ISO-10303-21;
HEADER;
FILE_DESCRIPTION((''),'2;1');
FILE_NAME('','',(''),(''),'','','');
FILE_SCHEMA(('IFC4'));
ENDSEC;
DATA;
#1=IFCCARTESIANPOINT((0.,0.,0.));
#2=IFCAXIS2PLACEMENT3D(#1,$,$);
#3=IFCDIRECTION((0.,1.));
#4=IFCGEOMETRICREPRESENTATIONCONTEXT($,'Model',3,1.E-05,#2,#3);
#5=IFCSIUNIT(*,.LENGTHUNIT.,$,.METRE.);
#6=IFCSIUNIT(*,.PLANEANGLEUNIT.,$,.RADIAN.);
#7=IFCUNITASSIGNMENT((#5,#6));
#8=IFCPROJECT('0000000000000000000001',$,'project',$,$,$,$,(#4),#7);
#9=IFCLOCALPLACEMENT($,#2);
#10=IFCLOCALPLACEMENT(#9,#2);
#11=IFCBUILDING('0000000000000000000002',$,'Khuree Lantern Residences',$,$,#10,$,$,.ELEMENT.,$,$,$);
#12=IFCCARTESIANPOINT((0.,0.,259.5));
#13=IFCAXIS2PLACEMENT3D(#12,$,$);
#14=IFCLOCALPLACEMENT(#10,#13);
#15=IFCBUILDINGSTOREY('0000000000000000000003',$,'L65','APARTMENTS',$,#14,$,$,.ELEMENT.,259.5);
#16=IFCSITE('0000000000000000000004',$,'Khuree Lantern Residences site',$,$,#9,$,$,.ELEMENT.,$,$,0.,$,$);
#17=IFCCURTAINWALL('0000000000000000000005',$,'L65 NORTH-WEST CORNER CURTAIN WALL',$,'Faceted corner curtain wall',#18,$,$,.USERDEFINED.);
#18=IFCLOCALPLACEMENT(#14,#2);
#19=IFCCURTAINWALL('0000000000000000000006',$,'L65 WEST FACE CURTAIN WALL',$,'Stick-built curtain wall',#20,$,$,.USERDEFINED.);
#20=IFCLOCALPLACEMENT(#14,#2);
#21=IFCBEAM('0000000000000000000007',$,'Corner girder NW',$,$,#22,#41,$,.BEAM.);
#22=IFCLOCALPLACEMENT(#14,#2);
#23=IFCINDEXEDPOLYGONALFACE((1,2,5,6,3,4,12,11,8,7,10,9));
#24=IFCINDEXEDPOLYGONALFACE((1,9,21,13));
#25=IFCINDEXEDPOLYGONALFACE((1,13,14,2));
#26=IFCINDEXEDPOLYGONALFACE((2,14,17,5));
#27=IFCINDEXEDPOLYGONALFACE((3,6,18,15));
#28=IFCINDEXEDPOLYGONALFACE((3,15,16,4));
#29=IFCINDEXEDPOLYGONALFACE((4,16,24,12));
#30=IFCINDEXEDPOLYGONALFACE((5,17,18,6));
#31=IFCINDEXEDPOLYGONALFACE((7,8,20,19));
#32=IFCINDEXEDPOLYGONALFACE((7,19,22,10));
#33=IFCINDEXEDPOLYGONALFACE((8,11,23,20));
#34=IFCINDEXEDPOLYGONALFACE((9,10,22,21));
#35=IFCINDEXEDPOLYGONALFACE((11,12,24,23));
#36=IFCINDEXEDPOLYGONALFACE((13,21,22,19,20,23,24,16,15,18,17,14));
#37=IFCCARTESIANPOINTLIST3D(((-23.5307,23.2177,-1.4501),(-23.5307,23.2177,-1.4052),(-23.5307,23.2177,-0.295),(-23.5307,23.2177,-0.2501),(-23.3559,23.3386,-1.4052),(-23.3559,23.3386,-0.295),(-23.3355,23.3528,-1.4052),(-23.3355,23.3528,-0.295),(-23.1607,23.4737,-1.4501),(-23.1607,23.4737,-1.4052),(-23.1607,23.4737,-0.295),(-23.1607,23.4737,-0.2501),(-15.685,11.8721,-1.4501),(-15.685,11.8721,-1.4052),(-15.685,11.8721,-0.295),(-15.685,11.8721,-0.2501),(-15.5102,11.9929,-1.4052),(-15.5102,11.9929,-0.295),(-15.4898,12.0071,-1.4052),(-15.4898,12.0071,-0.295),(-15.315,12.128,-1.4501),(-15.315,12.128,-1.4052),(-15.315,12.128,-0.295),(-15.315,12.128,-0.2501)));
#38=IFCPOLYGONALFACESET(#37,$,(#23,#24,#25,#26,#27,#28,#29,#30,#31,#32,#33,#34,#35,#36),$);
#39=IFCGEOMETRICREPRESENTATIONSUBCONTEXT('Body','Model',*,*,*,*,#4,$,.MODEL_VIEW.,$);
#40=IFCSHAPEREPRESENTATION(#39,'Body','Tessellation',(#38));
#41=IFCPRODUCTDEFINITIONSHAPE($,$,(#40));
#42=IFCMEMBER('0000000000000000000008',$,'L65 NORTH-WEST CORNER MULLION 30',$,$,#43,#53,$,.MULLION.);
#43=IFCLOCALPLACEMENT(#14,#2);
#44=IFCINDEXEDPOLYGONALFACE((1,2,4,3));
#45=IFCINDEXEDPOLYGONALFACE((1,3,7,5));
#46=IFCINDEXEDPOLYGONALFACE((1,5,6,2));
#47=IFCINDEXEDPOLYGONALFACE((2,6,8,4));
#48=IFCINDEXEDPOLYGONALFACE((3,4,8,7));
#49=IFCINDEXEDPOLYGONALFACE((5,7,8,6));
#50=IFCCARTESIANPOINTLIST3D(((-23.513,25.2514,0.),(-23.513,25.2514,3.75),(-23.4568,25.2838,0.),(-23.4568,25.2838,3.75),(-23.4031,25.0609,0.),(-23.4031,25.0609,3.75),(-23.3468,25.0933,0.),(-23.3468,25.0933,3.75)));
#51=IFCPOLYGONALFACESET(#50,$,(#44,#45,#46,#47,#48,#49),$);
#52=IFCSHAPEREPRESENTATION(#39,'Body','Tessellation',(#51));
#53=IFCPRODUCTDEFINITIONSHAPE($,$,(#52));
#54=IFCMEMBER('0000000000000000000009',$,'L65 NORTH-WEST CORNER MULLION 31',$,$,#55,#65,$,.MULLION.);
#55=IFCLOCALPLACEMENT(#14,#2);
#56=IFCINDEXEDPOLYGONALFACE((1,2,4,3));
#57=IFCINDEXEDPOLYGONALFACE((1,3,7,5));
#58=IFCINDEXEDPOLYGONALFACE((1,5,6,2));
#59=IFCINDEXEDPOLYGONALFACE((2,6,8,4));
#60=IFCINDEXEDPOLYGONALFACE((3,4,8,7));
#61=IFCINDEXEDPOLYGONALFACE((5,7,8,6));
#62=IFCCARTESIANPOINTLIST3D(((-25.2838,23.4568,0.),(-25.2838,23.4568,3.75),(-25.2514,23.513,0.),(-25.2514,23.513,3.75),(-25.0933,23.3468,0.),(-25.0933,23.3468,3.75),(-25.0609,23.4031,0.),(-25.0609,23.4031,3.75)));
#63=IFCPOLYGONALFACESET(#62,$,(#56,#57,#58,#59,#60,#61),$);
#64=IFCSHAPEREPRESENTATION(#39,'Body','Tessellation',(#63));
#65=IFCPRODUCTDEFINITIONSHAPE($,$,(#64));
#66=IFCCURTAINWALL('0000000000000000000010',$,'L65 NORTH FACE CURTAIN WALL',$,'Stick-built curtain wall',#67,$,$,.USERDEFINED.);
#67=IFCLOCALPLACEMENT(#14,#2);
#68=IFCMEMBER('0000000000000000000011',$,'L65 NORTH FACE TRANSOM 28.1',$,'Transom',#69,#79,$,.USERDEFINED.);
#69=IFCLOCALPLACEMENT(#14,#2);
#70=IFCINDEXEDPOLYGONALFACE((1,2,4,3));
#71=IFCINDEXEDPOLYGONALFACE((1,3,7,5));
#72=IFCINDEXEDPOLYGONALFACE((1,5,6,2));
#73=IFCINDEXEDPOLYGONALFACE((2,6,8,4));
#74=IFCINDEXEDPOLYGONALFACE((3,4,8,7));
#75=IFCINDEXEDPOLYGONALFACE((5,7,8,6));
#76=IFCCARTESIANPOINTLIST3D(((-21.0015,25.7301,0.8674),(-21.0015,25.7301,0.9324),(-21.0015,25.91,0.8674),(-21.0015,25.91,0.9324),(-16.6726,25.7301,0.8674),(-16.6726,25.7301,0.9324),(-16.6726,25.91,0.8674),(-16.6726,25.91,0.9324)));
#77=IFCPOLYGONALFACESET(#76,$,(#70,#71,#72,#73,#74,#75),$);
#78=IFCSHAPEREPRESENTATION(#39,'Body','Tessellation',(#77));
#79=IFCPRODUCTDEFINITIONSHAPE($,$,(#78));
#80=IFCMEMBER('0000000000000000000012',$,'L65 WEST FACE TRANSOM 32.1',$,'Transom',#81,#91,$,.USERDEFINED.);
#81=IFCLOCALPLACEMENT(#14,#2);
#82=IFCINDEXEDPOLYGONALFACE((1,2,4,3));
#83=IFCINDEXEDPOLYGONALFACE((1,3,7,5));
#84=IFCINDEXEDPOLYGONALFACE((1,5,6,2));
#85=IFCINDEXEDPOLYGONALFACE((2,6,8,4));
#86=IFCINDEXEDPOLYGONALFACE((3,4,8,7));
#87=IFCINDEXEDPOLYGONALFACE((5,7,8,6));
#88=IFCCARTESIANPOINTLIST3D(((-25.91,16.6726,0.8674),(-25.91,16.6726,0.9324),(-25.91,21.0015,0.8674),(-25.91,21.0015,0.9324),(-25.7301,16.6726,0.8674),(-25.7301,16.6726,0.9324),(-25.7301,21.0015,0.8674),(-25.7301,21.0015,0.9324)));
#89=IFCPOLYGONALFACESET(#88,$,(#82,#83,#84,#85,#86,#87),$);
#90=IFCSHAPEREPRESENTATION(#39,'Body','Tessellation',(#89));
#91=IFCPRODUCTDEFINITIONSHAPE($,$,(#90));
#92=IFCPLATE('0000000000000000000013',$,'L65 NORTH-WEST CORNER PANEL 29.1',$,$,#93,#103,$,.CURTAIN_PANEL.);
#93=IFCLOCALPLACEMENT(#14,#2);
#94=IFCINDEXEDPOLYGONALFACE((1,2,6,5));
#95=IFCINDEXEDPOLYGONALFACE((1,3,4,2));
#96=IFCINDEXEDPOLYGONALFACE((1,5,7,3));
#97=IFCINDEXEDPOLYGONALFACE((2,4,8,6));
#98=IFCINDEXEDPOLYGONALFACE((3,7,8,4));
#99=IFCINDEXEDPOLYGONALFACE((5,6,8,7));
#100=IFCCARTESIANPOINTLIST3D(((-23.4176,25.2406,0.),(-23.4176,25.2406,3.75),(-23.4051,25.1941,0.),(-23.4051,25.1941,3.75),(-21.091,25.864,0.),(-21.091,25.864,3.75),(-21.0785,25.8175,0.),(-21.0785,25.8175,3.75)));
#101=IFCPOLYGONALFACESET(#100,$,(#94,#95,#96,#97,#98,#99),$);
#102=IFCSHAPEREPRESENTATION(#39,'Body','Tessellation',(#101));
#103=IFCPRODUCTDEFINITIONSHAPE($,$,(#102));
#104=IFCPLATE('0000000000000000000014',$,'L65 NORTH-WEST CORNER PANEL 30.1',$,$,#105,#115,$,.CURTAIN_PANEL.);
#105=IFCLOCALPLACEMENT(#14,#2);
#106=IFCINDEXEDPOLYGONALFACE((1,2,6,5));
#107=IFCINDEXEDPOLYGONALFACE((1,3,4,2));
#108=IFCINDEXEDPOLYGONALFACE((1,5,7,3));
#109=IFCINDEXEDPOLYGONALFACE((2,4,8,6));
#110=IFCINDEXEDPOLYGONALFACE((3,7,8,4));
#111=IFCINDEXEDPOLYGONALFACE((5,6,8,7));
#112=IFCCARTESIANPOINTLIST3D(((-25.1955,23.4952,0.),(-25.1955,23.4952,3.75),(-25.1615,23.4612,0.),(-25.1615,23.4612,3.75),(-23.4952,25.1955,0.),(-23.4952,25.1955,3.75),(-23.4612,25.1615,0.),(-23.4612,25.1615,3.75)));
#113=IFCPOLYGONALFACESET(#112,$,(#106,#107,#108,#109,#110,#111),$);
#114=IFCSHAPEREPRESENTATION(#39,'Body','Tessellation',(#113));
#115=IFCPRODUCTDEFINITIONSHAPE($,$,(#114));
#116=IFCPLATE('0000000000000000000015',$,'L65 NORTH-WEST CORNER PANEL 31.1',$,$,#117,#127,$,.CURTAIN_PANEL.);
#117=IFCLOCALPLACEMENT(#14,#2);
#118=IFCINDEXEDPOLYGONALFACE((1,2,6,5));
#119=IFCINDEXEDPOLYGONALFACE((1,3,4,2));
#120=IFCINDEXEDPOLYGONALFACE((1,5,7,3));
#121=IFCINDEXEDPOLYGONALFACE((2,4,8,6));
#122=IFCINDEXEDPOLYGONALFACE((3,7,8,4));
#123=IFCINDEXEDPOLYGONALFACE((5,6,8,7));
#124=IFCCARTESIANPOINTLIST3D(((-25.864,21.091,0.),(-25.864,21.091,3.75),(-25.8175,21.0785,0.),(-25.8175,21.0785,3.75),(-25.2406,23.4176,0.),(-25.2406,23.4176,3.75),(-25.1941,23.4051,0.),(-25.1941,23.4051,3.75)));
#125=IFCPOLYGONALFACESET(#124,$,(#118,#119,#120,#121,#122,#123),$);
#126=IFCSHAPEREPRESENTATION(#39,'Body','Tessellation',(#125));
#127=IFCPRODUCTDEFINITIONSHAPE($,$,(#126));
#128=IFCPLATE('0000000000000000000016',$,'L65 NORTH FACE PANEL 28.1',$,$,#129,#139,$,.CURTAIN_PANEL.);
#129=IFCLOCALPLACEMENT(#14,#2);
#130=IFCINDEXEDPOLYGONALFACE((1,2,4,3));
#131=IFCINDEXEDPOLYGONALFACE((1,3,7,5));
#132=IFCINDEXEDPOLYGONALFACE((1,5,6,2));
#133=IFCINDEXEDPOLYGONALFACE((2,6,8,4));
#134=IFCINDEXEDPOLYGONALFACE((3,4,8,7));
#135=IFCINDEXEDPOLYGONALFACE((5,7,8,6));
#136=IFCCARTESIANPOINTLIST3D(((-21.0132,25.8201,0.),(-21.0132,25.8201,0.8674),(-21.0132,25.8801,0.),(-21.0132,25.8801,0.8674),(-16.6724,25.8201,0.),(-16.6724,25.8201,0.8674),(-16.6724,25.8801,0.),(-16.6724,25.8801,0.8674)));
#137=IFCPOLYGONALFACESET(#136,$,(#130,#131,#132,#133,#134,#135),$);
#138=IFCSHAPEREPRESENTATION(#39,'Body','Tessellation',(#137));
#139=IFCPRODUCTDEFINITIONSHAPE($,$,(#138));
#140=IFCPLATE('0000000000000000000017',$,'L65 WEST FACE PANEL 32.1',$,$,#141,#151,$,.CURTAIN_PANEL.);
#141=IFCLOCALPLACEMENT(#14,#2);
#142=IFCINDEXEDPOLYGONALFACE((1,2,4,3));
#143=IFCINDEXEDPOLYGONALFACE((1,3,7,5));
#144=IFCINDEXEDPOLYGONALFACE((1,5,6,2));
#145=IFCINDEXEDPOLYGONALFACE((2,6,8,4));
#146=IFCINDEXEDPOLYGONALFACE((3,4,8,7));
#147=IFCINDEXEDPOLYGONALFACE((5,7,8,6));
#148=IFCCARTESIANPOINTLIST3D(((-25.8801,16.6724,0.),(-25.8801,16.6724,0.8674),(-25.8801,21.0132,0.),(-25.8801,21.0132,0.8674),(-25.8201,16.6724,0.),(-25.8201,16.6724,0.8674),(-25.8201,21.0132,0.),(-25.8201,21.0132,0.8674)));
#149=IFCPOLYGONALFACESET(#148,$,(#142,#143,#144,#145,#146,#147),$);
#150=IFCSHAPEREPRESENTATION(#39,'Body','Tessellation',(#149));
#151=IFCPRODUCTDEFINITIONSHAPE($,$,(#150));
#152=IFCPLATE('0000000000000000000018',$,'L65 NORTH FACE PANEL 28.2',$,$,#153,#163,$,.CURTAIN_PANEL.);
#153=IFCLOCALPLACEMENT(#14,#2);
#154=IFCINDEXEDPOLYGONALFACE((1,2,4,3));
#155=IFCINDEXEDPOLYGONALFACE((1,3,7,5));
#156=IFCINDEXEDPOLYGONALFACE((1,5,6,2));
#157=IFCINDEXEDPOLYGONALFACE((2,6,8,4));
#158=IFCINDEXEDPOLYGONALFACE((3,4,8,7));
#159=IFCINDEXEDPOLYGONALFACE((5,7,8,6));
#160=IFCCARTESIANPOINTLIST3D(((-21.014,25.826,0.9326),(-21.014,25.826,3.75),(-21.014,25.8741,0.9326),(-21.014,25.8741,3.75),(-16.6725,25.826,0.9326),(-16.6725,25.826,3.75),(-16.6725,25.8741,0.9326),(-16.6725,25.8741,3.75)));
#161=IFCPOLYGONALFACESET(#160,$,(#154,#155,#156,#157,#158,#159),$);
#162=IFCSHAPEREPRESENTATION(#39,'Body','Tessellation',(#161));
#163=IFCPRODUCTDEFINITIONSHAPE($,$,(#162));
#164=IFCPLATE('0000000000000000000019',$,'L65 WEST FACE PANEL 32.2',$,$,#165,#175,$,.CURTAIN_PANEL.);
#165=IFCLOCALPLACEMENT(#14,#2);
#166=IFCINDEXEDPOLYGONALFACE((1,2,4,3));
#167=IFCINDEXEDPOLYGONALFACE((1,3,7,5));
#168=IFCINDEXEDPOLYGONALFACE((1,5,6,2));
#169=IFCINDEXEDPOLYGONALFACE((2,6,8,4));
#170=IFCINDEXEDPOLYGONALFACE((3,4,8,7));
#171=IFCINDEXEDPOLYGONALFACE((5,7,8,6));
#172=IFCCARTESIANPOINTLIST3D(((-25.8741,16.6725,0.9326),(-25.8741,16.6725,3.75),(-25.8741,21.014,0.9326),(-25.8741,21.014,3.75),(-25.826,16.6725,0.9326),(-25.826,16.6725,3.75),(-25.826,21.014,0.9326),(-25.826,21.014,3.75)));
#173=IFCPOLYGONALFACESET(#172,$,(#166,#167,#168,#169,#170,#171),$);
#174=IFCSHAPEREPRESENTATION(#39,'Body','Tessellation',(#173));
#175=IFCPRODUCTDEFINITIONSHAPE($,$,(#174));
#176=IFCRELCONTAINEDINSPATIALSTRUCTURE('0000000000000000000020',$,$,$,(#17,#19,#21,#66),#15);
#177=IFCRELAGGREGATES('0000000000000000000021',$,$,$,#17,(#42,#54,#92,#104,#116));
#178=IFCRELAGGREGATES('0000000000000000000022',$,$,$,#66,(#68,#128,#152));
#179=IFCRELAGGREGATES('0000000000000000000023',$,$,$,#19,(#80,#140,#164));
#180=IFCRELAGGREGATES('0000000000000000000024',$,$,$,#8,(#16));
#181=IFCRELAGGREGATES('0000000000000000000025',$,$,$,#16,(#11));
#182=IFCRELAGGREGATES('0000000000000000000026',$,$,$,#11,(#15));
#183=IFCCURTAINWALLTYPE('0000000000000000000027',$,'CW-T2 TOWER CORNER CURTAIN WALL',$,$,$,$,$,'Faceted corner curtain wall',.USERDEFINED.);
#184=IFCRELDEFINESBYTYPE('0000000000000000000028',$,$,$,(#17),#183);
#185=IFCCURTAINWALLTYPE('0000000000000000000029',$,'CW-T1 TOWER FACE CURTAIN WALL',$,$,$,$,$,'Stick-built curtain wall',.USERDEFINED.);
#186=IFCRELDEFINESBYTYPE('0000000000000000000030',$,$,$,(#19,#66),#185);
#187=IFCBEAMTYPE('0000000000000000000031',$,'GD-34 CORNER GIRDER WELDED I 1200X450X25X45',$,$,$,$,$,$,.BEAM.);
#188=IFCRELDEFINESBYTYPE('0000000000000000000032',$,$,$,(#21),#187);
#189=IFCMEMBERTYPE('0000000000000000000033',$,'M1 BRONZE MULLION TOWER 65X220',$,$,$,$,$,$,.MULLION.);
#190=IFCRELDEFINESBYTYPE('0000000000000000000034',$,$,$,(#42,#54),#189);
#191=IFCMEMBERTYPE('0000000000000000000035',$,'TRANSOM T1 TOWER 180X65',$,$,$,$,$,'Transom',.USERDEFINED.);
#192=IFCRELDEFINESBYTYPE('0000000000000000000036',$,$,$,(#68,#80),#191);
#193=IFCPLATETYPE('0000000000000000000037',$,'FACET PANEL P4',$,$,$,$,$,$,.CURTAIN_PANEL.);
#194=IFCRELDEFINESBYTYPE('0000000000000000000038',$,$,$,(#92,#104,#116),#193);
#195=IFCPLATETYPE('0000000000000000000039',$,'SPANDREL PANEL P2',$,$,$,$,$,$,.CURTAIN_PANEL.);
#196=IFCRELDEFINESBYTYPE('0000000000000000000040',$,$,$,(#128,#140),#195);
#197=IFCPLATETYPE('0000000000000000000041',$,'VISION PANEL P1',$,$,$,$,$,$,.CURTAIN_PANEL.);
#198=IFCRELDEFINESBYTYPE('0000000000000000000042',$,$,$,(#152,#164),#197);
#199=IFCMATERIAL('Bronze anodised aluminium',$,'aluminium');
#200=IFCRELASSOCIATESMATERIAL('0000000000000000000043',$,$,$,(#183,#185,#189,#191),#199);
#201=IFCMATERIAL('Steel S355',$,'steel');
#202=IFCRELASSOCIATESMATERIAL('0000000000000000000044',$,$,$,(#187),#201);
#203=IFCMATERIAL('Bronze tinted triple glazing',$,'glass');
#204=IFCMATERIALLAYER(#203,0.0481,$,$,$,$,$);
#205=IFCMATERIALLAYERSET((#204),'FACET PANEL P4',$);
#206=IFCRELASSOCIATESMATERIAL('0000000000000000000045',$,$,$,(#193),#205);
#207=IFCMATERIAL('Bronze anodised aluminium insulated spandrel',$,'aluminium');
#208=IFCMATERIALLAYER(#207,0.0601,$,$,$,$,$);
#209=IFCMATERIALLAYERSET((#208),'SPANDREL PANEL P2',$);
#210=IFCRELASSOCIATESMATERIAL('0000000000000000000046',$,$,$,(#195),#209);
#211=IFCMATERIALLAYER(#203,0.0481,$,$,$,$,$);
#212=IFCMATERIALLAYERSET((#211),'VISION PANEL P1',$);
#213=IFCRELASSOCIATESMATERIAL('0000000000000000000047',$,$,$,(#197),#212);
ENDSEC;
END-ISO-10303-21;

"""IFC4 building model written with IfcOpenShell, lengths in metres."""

from ifc_helpers import new_model, si_unit, direction, frame, origin, origin_2d, place, context, subcontext, project, spatial, rectangle, i_section, extrude, material, layer, layer_set, material_profile, profile_set, type_object, element, aggregate, save


model = new_model("IFC4")

# Units and contexts
model_context = context("Model", 3, precision=1e-05, world=origin(), true_north=direction((0.0, 1.0)))
body_context = subcontext(model_context, "Body", "Model", "MODEL_VIEW")
ifc_project = project(units=[si_unit("LENGTHUNIT", "METRE"), si_unit("PLANEANGLEUNIT", "RADIAN")], contexts=[model_context])

# Site, building, storey
site_placement = place(None, origin())
site = spatial("IfcSite", under=ifc_project, at=site_placement, Name="Khuree Lantern Residences site", CompositionType="ELEMENT", RefElevation=0.0)
building_placement = place(site_placement, origin())
building = spatial("IfcBuilding", under=site, at=building_placement, Name="Khuree Lantern Residences", CompositionType="ELEMENT")
storey_placement = place(building_placement, frame((0.0, 0.0, 259.5)))
storey = spatial("IfcBuildingStorey", under=building, at=storey_placement, Name="L65", Description="APARTMENTS", CompositionType="ELEMENT", Elevation=259.5)

# Shared definitions
ifc_material_1 = material(Name="Steel S355", Category="steel")

# Curtain walls
ifc_material_2 = material(Name="Bronze anodised aluminium", Category="aluminium")
curtain_wall_type_1 = type_object("IfcCurtainWallType", Name="CW-T2 TOWER CORNER CURTAIN WALL", ElementType="Faceted corner curtain wall", PredefinedType="USERDEFINED", material=ifc_material_2)
curtain_wall_1_placement = place(storey_placement, origin())
curtain_wall_1 = element("IfcCurtainWall", 1, at=curtain_wall_1_placement, inside=storey, type_object=curtain_wall_type_1, Name="L65 NORTH-WEST CORNER CURTAIN WALL", ObjectType="Faceted corner curtain wall", PredefinedType="USERDEFINED")
curtain_wall_type_2 = type_object("IfcCurtainWallType", Name="CW-T1 TOWER FACE CURTAIN WALL", ElementType="Stick-built curtain wall", PredefinedType="USERDEFINED", material=ifc_material_2)
curtain_wall_2_placement = place(storey_placement, origin())
curtain_wall_2 = element("IfcCurtainWall", 2, at=curtain_wall_2_placement, inside=storey, type_object=curtain_wall_type_2, Name="L65 WEST FACE CURTAIN WALL", ObjectType="Stick-built curtain wall", PredefinedType="USERDEFINED")

# Beam
ifc_material_profile_1 = material_profile(ifc_material_1, i_section(OverallWidth=0.45, OverallDepth=1.2, WebThickness=0.0249, FlangeThickness=0.0449, at=origin_2d()), Name="WELDED I 1200X450X25X45")
ifc_profile_set_1 = profile_set([ifc_material_profile_1], Name="Steel S355")
beam_type_1 = type_object("IfcBeamType", Name="GD-34 CORNER GIRDER WELDED I 1200X450X25X45", PredefinedType="BEAM", material=ifc_profile_set_1)
beam_1_placement = place(storey_placement, frame((-23.3457, 23.3457, -0.8501), z_axis=(0.568768, -0.822498, 0.0), x_axis=(0.822498, 0.568768, 0.0)))
element("IfcBeam", 3, at=beam_1_placement, inside=storey, type_object=beam_type_1, Name="Corner girder NW", PredefinedType="BEAM", context=body_context, shape_type="SweptSolid", body=[
    extrude(i_section(OverallWidth=0.45, OverallDepth=1.2, WebThickness=0.0249, FlangeThickness=0.0449, at=origin_2d()), origin(), (0.0, 0.0, 1.0), 13.7942),
])

# Members
ifc_material_profile_2 = material_profile(ifc_material_2, rectangle(XDim=0.0649, YDim=0.22, at=origin_2d()), Name="M1 65X220")
ifc_profile_set_2 = profile_set([ifc_material_profile_2], Name="Bronze anodised aluminium")
member_type_1 = type_object("IfcMemberType", Name="M1 BRONZE MULLION TOWER 65X220", PredefinedType="MULLION", material=ifc_profile_set_2)
member_1_placement = place(storey_placement, frame((-23.4299, 25.1724, 0.0), z_axis=(0.0, 0.0, 1.0), x_axis=(-0.866025, -0.5, 0.0)))
member_1 = element("IfcMember", 4, at=member_1_placement, type_object=member_type_1, Name="L65 NORTH-WEST CORNER MULLION 30", PredefinedType="MULLION", context=body_context, shape_type="SweptSolid", body=[
    extrude(rectangle(XDim=0.0649, YDim=0.22, at=origin_2d()), origin(), (0.0, 0.0, 1.0), 3.75),
])
member_2_placement = place(storey_placement, frame((-25.1724, 23.4299, 0.0), z_axis=(0.0, 0.0, 1.0), x_axis=(-0.5, -0.866025, 0.0)))
member_2 = element("IfcMember", 5, at=member_2_placement, type_object=member_type_1, Name="L65 NORTH-WEST CORNER MULLION 31", PredefinedType="MULLION", context=body_context, shape_type="SweptSolid", body=[
    extrude(rectangle(XDim=0.0649, YDim=0.22, at=origin_2d()), origin(), (0.0, 0.0, 1.0), 3.75),
])

# Curtain wall, member
curtain_wall_3_placement = place(storey_placement, origin())
curtain_wall_3 = element("IfcCurtainWall", 6, at=curtain_wall_3_placement, inside=storey, type_object=curtain_wall_type_2, Name="L65 NORTH FACE CURTAIN WALL", ObjectType="Stick-built curtain wall", PredefinedType="USERDEFINED")
ifc_material_profile_3 = material_profile(ifc_material_2, rectangle(XDim=0.1799, YDim=0.0649, at=origin_2d()), Name="T1 180X65")
ifc_profile_set_3 = profile_set([ifc_material_profile_3], Name="Bronze anodised aluminium")
member_type_2 = type_object("IfcMemberType", Name="TRANSOM T1 TOWER 180X65", ElementType="Transom", PredefinedType="USERDEFINED", material=ifc_profile_set_3)
member_3_placement = place(storey_placement, frame((-16.6726, 25.8201, 0.8999), z_axis=(-1.0, 0.0, 0.0), x_axis=(0.0, -1.0, 0.0)))
member_3 = element("IfcMember", 7, at=member_3_placement, type_object=member_type_2, Name="L65 NORTH FACE TRANSOM 28.1", ObjectType="Transom", PredefinedType="USERDEFINED", context=body_context, shape_type="SweptSolid", body=[
    extrude(rectangle(XDim=0.1799, YDim=0.0649, at=origin_2d()), origin(), (0.0, 0.0, 1.0), 4.3289),
])

# Member
member_4_placement = place(storey_placement, frame((-25.8201, 21.0015, 0.8999), z_axis=(0.0, -1.0, 0.0), x_axis=(1.0, 0.0, 0.0)))
member_4 = element("IfcMember", 8, at=member_4_placement, type_object=member_type_2, Name="L65 WEST FACE TRANSOM 32.1", ObjectType="Transom", PredefinedType="USERDEFINED", context=body_context, shape_type="SweptSolid", body=[
    extrude(rectangle(XDim=0.1799, YDim=0.0649, at=origin_2d()), origin(), (0.0, 0.0, 1.0), 4.3289),
])

# Plates
ifc_material_3 = material(Name="Bronze tinted triple glazing", Category="glass")
ifc_layer_1 = layer(ifc_material_3, 0.0481)
ifc_layer_set_1 = layer_set([ifc_layer_1], Name="FACET PANEL P4")
plate_type_1 = type_object("IfcPlateType", Name="FACET PANEL P4", PredefinedType="CURTAIN_PANEL", material=ifc_layer_set_1)
plate_1_placement = place(storey_placement, frame((-22.248, 25.5291, 0.0), z_axis=(0.0, 0.0, 1.0), x_axis=(-0.965926, -0.258819, 0.0)))
plate_1 = element("IfcPlate", 9, at=plate_1_placement, type_object=plate_type_1, Name="L65 NORTH-WEST CORNER PANEL 29.1", PredefinedType="CURTAIN_PANEL", context=body_context, shape_type="SweptSolid", body=[
    extrude(rectangle(XDim=2.4087, YDim=0.0481, at=origin_2d()), origin(), (0.0, 0.0, 1.0), 3.75),
])
plate_2_placement = place(storey_placement, frame((-24.3284, 24.3284, 0.0), z_axis=(0.0, 0.0, 1.0), x_axis=(-0.707107, -0.707107, 0.0)))
plate_2 = element("IfcPlate", 10, at=plate_2_placement, type_object=plate_type_1, Name="L65 NORTH-WEST CORNER PANEL 30.1", PredefinedType="CURTAIN_PANEL", context=body_context, shape_type="SweptSolid", body=[
    extrude(rectangle(XDim=2.4045, YDim=0.0481, at=origin_2d()), origin(), (0.0, 0.0, 1.0), 3.75),
])
plate_3_placement = place(storey_placement, frame((-25.5291, 22.248, 0.0), z_axis=(0.0, 0.0, 1.0), x_axis=(-0.258819, -0.965926, 0.0)))
plate_3 = element("IfcPlate", 11, at=plate_3_placement, type_object=plate_type_1, Name="L65 NORTH-WEST CORNER PANEL 31.1", PredefinedType="CURTAIN_PANEL", context=body_context, shape_type="SweptSolid", body=[
    extrude(rectangle(XDim=2.4087, YDim=0.0481, at=origin_2d()), origin(), (0.0, 0.0, 1.0), 3.75),
])
aggregate(curtain_wall_1, [member_1, member_2, plate_1, plate_2, plate_3])
ifc_material_4 = material(Name="Bronze anodised aluminium insulated spandrel", Category="aluminium")
ifc_layer_2 = layer(ifc_material_4, 0.0601)
ifc_layer_set_2 = layer_set([ifc_layer_2], Name="SPANDREL PANEL P2")
plate_type_2 = type_object("IfcPlateType", Name="SPANDREL PANEL P2", PredefinedType="CURTAIN_PANEL", material=ifc_layer_set_2)
plate_4_placement = place(storey_placement, frame((-18.8428, 25.8501, 0.0), z_axis=(0.0, 0.0, 1.0), x_axis=(-1.0, 0.0, 0.0)))
plate_4 = element("IfcPlate", 12, at=plate_4_placement, type_object=plate_type_2, Name="L65 NORTH FACE PANEL 28.1", PredefinedType="CURTAIN_PANEL", context=body_context, shape_type="SweptSolid", body=[
    extrude(rectangle(XDim=4.3408, YDim=0.0601, at=origin_2d()), origin(), (0.0, 0.0, 1.0), 0.8674),
])
plate_5_placement = place(storey_placement, frame((-25.8501, 18.8428, 0.0), z_axis=(0.0, 0.0, 1.0), x_axis=(0.0, -1.0, 0.0)))
plate_5 = element("IfcPlate", 13, at=plate_5_placement, type_object=plate_type_2, Name="L65 WEST FACE PANEL 32.1", PredefinedType="CURTAIN_PANEL", context=body_context, shape_type="SweptSolid", body=[
    extrude(rectangle(XDim=4.3408, YDim=0.0601, at=origin_2d()), origin(), (0.0, 0.0, 1.0), 0.8674),
])
ifc_layer_3 = layer(ifc_material_3, 0.0481)
ifc_layer_set_3 = layer_set([ifc_layer_3], Name="VISION PANEL P1")
plate_type_3 = type_object("IfcPlateType", Name="VISION PANEL P1", PredefinedType="CURTAIN_PANEL", material=ifc_layer_set_3)
plate_6_placement = place(storey_placement, frame((-18.8433, 25.8501, 0.9326), z_axis=(0.0, 0.0, 1.0), x_axis=(-1.0, 0.0, 0.0)))
plate_6 = element("IfcPlate", 14, at=plate_6_placement, type_object=plate_type_3, Name="L65 NORTH FACE PANEL 28.2", PredefinedType="CURTAIN_PANEL", context=body_context, shape_type="SweptSolid", body=[
    extrude(rectangle(XDim=4.3416, YDim=0.0481, at=origin_2d()), origin(), (0.0, 0.0, 1.0), 2.8174),
])
aggregate(curtain_wall_3, [member_3, plate_4, plate_6])
plate_7_placement = place(storey_placement, frame((-25.8501, 18.8433, 0.9326), z_axis=(0.0, 0.0, 1.0), x_axis=(0.0, -1.0, 0.0)))
plate_7 = element("IfcPlate", 15, at=plate_7_placement, type_object=plate_type_3, Name="L65 WEST FACE PANEL 32.2", PredefinedType="CURTAIN_PANEL", context=body_context, shape_type="SweptSolid", body=[
    extrude(rectangle(XDim=4.3416, YDim=0.0481, at=origin_2d()), origin(), (0.0, 0.0, 1.0), 2.8174),
])
aggregate(curtain_wall_2, [member_4, plate_5, plate_7])

save(model, "model.ifc")
